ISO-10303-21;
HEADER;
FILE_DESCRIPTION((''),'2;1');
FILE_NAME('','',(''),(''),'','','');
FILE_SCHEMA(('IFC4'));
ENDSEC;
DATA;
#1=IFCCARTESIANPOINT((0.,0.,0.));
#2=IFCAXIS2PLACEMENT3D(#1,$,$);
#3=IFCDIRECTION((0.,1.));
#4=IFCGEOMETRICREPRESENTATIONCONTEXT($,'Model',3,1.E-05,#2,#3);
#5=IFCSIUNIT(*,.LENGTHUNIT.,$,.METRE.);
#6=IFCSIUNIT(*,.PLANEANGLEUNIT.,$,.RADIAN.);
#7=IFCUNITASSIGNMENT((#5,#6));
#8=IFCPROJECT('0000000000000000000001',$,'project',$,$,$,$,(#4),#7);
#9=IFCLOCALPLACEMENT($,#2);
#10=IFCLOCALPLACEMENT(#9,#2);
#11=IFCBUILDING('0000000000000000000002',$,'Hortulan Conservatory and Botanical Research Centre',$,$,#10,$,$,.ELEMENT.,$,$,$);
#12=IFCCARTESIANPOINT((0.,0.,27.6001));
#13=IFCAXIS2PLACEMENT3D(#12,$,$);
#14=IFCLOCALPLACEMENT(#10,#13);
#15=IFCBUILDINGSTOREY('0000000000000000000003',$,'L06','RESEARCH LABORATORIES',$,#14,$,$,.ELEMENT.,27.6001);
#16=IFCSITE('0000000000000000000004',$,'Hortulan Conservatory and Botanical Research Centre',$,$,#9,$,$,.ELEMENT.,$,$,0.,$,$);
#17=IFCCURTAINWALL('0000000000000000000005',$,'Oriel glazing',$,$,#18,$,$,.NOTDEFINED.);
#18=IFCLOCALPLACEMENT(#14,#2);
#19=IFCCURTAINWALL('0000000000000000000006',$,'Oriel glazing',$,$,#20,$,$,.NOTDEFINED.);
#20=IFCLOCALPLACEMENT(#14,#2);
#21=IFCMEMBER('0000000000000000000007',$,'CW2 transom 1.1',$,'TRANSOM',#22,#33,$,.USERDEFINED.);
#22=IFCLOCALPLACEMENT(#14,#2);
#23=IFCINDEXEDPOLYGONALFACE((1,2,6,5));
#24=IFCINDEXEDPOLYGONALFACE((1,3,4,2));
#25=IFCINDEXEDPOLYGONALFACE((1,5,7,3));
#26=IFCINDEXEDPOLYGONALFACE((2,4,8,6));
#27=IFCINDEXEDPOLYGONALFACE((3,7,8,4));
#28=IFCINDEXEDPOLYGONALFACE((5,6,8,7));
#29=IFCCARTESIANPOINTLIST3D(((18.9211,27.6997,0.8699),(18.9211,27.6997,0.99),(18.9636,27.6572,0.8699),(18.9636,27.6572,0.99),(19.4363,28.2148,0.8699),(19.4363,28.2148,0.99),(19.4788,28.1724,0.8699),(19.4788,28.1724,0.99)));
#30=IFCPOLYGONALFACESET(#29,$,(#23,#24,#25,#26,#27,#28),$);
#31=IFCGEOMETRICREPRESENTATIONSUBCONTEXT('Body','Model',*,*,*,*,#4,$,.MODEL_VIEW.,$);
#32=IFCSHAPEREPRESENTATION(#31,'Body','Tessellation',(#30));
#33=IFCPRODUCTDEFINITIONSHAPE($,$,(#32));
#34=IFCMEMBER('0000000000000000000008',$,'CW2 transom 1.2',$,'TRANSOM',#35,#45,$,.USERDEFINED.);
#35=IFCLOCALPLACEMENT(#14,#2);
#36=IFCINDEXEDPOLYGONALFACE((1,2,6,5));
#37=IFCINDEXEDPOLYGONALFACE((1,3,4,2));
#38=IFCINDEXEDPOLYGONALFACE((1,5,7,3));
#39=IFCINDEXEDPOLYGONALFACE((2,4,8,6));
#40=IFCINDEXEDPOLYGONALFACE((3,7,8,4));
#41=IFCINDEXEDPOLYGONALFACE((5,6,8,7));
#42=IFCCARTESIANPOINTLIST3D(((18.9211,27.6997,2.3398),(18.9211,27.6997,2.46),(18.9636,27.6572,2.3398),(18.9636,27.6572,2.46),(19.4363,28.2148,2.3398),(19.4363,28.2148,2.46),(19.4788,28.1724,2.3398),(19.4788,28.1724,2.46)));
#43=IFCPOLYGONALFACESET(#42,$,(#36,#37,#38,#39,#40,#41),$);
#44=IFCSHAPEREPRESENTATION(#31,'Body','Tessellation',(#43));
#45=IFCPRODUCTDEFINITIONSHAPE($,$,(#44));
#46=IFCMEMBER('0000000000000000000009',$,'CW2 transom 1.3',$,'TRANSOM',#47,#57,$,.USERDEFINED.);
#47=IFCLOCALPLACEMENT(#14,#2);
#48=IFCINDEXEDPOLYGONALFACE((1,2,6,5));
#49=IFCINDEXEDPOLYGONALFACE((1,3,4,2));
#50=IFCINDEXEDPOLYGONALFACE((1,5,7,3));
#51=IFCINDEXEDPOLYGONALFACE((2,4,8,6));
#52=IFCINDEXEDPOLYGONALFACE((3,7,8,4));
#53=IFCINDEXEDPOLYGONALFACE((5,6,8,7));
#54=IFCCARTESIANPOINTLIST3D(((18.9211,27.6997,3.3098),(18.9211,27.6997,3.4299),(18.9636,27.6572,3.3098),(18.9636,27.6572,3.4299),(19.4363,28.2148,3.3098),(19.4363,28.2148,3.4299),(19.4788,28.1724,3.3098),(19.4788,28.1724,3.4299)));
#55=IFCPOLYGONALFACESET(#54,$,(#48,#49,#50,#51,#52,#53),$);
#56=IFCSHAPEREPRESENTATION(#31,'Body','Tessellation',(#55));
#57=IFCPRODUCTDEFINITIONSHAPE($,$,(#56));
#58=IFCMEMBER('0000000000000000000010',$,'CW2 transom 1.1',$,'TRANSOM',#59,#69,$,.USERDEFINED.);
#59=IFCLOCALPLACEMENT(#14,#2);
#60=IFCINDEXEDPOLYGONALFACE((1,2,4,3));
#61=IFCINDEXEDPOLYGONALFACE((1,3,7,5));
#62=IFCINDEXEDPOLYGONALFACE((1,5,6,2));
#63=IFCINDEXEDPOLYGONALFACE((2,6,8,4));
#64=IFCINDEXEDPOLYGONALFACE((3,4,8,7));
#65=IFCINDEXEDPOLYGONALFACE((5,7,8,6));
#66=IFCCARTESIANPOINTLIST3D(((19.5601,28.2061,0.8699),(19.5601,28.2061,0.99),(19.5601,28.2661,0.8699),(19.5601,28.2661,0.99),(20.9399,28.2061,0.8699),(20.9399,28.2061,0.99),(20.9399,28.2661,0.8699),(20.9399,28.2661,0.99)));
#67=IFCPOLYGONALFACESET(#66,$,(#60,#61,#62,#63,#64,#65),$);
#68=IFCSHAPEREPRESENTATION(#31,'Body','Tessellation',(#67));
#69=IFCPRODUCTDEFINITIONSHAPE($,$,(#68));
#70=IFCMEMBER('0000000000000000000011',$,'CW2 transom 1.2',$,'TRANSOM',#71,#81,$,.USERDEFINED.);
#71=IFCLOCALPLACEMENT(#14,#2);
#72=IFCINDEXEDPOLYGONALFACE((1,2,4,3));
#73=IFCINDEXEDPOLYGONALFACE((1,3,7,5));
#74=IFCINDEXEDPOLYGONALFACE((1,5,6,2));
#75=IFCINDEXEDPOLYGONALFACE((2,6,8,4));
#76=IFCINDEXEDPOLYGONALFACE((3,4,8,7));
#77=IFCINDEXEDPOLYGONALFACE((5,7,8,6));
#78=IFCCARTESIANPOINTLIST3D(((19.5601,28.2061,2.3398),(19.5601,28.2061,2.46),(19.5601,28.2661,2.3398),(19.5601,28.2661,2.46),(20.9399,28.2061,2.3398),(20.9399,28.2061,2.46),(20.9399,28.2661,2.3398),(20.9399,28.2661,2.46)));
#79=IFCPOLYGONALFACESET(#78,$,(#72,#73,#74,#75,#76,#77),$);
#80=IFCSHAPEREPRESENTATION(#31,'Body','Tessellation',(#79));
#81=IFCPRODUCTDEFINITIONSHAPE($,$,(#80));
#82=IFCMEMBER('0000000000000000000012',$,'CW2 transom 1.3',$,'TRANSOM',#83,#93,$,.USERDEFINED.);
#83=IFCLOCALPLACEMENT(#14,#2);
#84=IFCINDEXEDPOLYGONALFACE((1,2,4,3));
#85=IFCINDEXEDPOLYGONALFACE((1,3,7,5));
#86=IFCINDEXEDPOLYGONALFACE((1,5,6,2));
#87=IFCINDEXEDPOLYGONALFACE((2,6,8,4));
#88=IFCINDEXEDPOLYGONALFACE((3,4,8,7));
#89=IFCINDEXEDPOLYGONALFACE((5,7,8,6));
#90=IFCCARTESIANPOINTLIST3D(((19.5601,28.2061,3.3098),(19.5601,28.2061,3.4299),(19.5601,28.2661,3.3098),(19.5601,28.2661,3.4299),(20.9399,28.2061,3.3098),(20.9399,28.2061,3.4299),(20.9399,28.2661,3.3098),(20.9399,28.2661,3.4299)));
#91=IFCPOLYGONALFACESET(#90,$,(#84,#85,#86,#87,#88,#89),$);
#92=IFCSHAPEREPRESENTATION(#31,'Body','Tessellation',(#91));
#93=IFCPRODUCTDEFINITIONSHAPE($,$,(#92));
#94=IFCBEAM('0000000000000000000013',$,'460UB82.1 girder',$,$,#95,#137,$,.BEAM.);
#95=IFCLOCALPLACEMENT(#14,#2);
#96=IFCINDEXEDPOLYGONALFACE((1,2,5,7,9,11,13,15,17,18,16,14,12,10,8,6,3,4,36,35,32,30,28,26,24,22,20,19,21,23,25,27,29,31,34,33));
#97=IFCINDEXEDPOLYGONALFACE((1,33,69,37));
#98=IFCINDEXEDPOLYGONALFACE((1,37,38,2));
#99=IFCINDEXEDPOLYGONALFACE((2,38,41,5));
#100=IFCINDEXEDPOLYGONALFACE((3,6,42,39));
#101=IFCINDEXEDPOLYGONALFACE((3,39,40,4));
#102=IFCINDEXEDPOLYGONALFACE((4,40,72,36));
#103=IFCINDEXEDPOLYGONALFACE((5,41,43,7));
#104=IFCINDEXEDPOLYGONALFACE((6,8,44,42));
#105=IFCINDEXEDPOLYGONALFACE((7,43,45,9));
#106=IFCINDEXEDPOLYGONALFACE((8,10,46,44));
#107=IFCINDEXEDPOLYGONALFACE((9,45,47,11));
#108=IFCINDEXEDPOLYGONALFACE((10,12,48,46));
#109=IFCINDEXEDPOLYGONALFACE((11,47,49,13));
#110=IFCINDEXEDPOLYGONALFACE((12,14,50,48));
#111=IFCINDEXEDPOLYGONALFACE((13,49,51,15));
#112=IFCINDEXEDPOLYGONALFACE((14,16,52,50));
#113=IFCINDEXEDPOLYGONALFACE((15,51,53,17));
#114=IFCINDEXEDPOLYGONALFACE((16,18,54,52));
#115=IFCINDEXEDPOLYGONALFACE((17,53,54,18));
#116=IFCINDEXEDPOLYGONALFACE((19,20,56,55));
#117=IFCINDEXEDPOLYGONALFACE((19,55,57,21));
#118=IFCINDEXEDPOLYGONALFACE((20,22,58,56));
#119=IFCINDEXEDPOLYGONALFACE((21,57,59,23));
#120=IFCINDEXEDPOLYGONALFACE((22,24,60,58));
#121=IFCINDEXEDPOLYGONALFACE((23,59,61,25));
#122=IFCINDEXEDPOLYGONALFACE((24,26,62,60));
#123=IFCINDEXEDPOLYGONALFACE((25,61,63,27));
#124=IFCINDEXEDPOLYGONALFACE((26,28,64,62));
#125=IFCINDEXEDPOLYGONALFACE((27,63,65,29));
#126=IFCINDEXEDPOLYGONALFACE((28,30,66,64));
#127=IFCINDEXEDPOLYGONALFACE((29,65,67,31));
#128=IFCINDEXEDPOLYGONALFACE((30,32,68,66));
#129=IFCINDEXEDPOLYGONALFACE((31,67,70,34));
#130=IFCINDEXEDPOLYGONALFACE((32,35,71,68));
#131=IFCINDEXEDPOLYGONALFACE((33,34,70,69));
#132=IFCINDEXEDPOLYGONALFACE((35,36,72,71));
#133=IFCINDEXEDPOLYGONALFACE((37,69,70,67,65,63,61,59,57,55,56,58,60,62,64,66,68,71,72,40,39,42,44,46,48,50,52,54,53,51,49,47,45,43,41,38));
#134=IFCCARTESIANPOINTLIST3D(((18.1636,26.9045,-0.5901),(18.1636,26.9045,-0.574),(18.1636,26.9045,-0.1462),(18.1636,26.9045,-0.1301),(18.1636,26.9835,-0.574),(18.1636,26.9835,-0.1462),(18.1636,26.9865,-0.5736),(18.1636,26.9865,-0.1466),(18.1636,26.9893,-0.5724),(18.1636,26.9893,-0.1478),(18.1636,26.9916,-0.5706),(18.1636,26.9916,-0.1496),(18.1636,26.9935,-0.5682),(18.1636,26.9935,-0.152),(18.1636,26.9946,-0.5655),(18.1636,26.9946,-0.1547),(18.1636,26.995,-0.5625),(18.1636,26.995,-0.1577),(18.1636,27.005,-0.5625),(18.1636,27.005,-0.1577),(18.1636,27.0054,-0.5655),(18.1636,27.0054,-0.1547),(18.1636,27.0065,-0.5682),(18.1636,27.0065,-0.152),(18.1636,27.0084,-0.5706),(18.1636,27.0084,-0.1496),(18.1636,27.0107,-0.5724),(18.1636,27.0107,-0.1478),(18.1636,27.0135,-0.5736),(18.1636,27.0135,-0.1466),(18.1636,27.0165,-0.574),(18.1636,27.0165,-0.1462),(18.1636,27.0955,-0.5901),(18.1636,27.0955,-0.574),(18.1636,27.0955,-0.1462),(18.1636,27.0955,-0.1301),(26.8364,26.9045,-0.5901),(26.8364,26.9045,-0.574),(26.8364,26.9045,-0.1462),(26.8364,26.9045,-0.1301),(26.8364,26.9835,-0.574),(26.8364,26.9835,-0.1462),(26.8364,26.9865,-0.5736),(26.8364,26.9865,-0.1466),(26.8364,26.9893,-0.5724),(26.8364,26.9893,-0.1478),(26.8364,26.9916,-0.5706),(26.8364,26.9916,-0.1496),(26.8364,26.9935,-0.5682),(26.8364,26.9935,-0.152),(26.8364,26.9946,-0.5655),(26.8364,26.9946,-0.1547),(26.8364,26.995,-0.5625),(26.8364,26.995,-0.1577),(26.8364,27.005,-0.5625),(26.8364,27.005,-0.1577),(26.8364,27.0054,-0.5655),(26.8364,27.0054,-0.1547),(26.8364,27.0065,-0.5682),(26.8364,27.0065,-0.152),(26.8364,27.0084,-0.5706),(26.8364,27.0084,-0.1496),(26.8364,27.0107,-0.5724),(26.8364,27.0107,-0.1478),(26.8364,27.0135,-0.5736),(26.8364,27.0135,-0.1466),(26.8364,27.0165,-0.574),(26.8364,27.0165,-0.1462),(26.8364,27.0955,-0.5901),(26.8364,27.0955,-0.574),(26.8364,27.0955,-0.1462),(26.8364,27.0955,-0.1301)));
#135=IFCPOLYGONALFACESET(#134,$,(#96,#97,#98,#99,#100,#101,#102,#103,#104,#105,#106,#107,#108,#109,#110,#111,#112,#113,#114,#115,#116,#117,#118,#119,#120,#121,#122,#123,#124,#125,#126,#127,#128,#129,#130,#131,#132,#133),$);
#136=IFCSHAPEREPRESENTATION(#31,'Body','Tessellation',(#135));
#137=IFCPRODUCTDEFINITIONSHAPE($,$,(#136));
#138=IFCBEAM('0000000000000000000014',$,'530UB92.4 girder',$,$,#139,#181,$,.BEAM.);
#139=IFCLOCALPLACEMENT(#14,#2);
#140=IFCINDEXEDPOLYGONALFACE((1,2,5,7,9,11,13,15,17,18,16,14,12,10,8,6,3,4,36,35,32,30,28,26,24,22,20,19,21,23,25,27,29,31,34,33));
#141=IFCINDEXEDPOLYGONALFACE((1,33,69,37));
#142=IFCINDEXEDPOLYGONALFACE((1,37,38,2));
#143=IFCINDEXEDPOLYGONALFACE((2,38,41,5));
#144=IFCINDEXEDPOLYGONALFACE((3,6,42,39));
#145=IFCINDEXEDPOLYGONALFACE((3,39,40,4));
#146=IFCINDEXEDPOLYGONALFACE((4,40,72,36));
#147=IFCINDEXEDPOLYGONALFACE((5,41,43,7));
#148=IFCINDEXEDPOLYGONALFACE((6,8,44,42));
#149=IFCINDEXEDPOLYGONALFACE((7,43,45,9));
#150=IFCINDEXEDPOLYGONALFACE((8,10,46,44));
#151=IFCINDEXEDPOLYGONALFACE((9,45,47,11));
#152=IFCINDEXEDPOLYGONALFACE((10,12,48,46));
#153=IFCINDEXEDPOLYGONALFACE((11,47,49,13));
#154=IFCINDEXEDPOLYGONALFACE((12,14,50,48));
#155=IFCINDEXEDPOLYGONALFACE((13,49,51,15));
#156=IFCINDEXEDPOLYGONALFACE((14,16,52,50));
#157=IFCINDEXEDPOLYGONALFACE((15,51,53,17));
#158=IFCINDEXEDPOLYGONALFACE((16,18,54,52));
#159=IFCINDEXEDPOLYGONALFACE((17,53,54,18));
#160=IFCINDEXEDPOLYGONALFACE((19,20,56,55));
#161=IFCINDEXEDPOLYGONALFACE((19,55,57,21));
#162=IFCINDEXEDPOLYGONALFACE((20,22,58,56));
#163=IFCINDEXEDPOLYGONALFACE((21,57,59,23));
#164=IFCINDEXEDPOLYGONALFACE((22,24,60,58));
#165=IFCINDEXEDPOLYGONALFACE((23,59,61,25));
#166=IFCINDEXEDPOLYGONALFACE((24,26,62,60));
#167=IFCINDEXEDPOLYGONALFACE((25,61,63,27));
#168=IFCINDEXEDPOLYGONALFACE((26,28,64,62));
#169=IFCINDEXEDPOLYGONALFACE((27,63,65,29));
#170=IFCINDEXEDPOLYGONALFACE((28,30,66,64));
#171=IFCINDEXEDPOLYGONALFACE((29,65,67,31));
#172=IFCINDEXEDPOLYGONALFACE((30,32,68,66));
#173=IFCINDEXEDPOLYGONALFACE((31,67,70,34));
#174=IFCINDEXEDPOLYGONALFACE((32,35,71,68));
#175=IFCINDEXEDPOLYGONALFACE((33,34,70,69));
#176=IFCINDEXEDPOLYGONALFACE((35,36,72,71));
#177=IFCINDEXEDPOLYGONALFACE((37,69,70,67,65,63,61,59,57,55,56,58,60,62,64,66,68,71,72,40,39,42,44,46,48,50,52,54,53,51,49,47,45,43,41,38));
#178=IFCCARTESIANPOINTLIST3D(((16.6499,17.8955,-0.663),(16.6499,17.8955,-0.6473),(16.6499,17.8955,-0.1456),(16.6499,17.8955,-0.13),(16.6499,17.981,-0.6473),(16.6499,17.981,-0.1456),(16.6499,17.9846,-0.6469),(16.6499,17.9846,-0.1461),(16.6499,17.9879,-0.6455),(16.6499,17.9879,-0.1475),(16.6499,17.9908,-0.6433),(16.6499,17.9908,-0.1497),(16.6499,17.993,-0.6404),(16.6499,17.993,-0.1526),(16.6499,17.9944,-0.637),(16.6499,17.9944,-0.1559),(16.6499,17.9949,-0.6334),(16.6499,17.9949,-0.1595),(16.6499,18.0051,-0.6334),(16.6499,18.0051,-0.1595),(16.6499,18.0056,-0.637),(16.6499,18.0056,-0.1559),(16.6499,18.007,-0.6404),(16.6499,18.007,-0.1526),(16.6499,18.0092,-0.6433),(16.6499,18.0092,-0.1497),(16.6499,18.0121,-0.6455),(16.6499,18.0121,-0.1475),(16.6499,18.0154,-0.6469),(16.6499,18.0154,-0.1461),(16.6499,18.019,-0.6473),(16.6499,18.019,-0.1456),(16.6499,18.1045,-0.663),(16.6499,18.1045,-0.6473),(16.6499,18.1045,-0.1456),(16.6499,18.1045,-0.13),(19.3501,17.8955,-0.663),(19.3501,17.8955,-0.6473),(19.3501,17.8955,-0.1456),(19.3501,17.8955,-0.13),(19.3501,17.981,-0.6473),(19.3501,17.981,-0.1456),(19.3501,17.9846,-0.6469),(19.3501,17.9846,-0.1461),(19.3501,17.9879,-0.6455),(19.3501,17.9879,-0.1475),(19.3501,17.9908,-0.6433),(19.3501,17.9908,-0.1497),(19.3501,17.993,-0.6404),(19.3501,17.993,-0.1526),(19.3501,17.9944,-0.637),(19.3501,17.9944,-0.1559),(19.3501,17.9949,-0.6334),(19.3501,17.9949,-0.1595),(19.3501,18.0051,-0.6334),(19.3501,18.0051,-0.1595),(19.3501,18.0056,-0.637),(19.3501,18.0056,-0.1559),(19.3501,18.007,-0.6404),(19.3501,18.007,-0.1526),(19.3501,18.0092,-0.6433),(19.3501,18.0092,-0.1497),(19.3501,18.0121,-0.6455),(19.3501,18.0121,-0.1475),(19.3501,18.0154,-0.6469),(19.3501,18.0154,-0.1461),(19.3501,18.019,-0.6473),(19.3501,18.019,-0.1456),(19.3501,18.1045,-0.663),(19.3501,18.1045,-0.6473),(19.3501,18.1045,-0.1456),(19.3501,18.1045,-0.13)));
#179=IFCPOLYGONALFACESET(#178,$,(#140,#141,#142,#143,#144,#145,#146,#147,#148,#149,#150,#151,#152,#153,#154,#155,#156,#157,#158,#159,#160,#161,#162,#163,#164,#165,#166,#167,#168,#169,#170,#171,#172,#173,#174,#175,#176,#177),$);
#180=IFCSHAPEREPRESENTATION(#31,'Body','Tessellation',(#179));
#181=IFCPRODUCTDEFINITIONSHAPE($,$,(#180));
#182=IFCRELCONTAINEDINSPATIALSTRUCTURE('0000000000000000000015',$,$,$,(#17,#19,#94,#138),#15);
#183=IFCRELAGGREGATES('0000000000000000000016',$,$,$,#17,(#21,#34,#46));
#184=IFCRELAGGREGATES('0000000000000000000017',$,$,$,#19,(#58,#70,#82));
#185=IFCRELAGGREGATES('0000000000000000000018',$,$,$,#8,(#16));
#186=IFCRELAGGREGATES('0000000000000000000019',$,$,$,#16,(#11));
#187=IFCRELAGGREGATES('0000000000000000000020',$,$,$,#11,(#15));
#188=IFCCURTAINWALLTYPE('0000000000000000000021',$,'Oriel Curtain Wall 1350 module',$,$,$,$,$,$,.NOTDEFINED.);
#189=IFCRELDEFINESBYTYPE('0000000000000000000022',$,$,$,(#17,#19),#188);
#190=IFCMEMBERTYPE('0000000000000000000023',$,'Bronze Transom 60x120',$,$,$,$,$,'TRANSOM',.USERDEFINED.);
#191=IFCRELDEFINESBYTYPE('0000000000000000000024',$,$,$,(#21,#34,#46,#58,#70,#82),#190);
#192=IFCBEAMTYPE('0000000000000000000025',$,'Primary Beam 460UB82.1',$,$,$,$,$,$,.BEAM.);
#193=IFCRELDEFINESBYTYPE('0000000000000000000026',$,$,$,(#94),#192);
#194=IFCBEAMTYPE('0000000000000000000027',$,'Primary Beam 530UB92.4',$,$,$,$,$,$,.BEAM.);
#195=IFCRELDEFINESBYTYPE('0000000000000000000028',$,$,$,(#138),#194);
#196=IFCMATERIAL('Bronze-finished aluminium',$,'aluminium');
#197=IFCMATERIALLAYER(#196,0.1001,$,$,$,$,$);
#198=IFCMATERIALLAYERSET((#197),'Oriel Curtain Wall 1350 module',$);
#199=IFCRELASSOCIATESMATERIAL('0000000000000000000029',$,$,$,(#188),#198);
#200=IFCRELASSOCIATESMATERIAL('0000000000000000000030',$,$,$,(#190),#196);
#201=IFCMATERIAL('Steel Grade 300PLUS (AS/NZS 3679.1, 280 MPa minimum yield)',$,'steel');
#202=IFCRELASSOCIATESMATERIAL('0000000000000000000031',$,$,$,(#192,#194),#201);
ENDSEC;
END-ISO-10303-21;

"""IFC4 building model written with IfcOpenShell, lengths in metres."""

from ifc_helpers import new_model, si_unit, direction, frame, origin, origin_2d, place, context, subcontext, project, spatial, rectangle, i_section, extrude, material, layer, layer_set, material_profile, profile_set, type_object, element, aggregate, save


model = new_model("IFC4")

# Units and contexts
model_context = context("Model", 3, precision=1e-05, world=origin(), true_north=direction((0.0, 1.0)))
body_context = subcontext(model_context, "Body", "Model", "MODEL_VIEW")
ifc_project = project(units=[si_unit("LENGTHUNIT", "METRE"), si_unit("PLANEANGLEUNIT", "RADIAN")], contexts=[model_context])

# Site, building, storey
site_placement = place(None, origin())
site = spatial("IfcSite", under=ifc_project, at=site_placement, Name="Hortulan Conservatory and Botanical Research Centre", CompositionType="ELEMENT", RefElevation=0.0)
building_placement = place(site_placement, origin())
building = spatial("IfcBuilding", under=site, at=building_placement, Name="Hortulan Conservatory and Botanical Research Centre", CompositionType="ELEMENT")
storey_placement = place(building_placement, frame((0.0, 0.0, 27.6001)))
storey = spatial("IfcBuildingStorey", under=building, at=storey_placement, Name="L06", Description="RESEARCH LABORATORIES", CompositionType="ELEMENT", Elevation=27.6001)

# Shared definitions
ifc_material_1 = material(Name="Steel Grade 300PLUS (AS/NZS 3679.1, 280 MPa minimum yield)", Category="steel")

# Shared definitions
ifc_material_2 = material(Name="Bronze-finished aluminium", Category="aluminium")
ifc_layer_1 = layer(ifc_material_2, 0.1001)
ifc_layer_set_1 = layer_set([ifc_layer_1], Name="Oriel Curtain Wall 1350 module")
curtain_wall_type = type_object("IfcCurtainWallType", Name="Oriel Curtain Wall 1350 module", PredefinedType="NOTDEFINED", material=ifc_layer_set_1)

# Curtain walls
curtain_wall_1_placement = place(storey_placement, origin())
curtain_wall_1 = element("IfcCurtainWall", 1, at=curtain_wall_1_placement, inside=storey, type_object=curtain_wall_type, Name="Oriel glazing", PredefinedType="NOTDEFINED")
curtain_wall_2_placement = place(storey_placement, origin())
curtain_wall_2 = element("IfcCurtainWall", 2, at=curtain_wall_2_placement, inside=storey, type_object=curtain_wall_type, Name="Oriel glazing", PredefinedType="NOTDEFINED")

# Members
ifc_material_profile_1 = material_profile(ifc_material_2, rectangle(XDim=0.0601, YDim=0.1201, at=origin_2d()), Name="Bronze Transom 60x120")
ifc_profile_set_1 = profile_set([ifc_material_profile_1], Name="Bronze-finished aluminium")
member_type_1 = type_object("IfcMemberType", Name="Bronze Transom 60x120", ElementType="TRANSOM", PredefinedType="USERDEFINED", material=ifc_profile_set_1)
member_1_placement = place(storey_placement, frame((18.9424, 27.6785, 0.9299), z_axis=(0.707107, 0.707107, 0.0), x_axis=(-0.707107, 0.707107, 0.0)))
member_1 = element("IfcMember", 3, at=member_1_placement, type_object=member_type_1, Name="CW2 transom 1.1", ObjectType="TRANSOM", PredefinedType="USERDEFINED", context=body_context, shape_type="SweptSolid", body=[
    extrude(rectangle(XDim=0.0601, YDim=0.1201, at=origin_2d()), origin(), (0.0, 0.0, 1.0), 0.7285),
])
member_2_placement = place(storey_placement, frame((18.9424, 27.6785, 2.3999), z_axis=(0.707107, 0.707107, 0.0), x_axis=(-0.707107, 0.707107, 0.0)))
member_2 = element("IfcMember", 4, at=member_2_placement, type_object=member_type_1, Name="CW2 transom 1.2", ObjectType="TRANSOM", PredefinedType="USERDEFINED", context=body_context, shape_type="SweptSolid", body=[
    extrude(rectangle(XDim=0.0601, YDim=0.1201, at=origin_2d()), origin(), (0.0, 0.0, 1.0), 0.7285),
])
member_3_placement = place(storey_placement, frame((18.9424, 27.6785, 3.3699), z_axis=(0.707107, 0.707107, 0.0), x_axis=(-0.707107, 0.707107, 0.0)))
member_3 = element("IfcMember", 5, at=member_3_placement, type_object=member_type_1, Name="CW2 transom 1.3", ObjectType="TRANSOM", PredefinedType="USERDEFINED", context=body_context, shape_type="SweptSolid", body=[
    extrude(rectangle(XDim=0.0601, YDim=0.1201, at=origin_2d()), origin(), (0.0, 0.0, 1.0), 0.7285),
])
member_4_placement = place(storey_placement, frame((19.5601, 28.2361, 0.9299), z_axis=(1.0, 0.0, 0.0), x_axis=(0.0, 1.0, 0.0)))
member_4 = element("IfcMember", 6, at=member_4_placement, type_object=member_type_1, Name="CW2 transom 1.1", ObjectType="TRANSOM", PredefinedType="USERDEFINED", context=body_context, shape_type="SweptSolid", body=[
    extrude(rectangle(XDim=0.0601, YDim=0.1201, at=origin_2d()), origin(), (0.0, 0.0, 1.0), 1.3799),
])
member_5_placement = place(storey_placement, frame((19.5601, 28.2361, 2.3999), z_axis=(1.0, 0.0, 0.0), x_axis=(0.0, 1.0, 0.0)))
member_5 = element("IfcMember", 7, at=member_5_placement, type_object=member_type_1, Name="CW2 transom 1.2", ObjectType="TRANSOM", PredefinedType="USERDEFINED", context=body_context, shape_type="SweptSolid", body=[
    extrude(rectangle(XDim=0.0601, YDim=0.1201, at=origin_2d()), origin(), (0.0, 0.0, 1.0), 1.3799),
])
member_6_placement = place(storey_placement, frame((19.5601, 28.2361, 3.3699), z_axis=(1.0, 0.0, 0.0), x_axis=(0.0, 1.0, 0.0)))
member_6 = element("IfcMember", 8, at=member_6_placement, type_object=member_type_1, Name="CW2 transom 1.3", ObjectType="TRANSOM", PredefinedType="USERDEFINED", context=body_context, shape_type="SweptSolid", body=[
    extrude(rectangle(XDim=0.0601, YDim=0.1201, at=origin_2d()), origin(), (0.0, 0.0, 1.0), 1.3799),
])

# Beams
ifc_material_profile_2 = material_profile(ifc_material_1, i_section(OverallWidth=0.1909, OverallDepth=0.46, WebThickness=0.01, FlangeThickness=0.0161, FilletRadius=0.0115, at=origin_2d()), Name="460UB82.1")
ifc_profile_set_2 = profile_set([ifc_material_profile_2], Name="Steel Grade 300PLUS (AS/NZS 3679.1, 280 MPa minimum yield)")
beam_type_1 = type_object("IfcBeamType", Name="Primary Beam 460UB82.1", PredefinedType="BEAM", material=ifc_profile_set_2)
beam_1_placement = place(storey_placement, frame((18.1636, 27.0, -0.3601), z_axis=(1.0, 0.0, 0.0), x_axis=(0.0, 1.0, 0.0)))
element("IfcBeam", 9, at=beam_1_placement, inside=storey, type_object=beam_type_1, Name="460UB82.1 girder", PredefinedType="BEAM", context=body_context, shape_type="SweptSolid", body=[
    extrude(i_section(OverallWidth=0.1909, OverallDepth=0.46, WebThickness=0.01, FlangeThickness=0.0161, FilletRadius=0.0115, at=origin_2d()), origin(), (0.0, 0.0, 1.0), 8.6729),
])
ifc_material_profile_3 = material_profile(ifc_material_1, i_section(OverallWidth=0.209, OverallDepth=0.533, WebThickness=0.0103, FlangeThickness=0.0156, FilletRadius=0.0139, at=origin_2d()), Name="530UB92.4")
ifc_profile_set_3 = profile_set([ifc_material_profile_3], Name="Steel Grade 300PLUS (AS/NZS 3679.1, 280 MPa minimum yield)")
beam_type_2 = type_object("IfcBeamType", Name="Primary Beam 530UB92.4", PredefinedType="BEAM", material=ifc_profile_set_3)
beam_2_placement = place(storey_placement, frame((16.6499, 18.0, -0.3965), z_axis=(1.0, 0.0, 0.0), x_axis=(0.0, 1.0, 0.0)))
element("IfcBeam", 10, at=beam_2_placement, inside=storey, type_object=beam_type_2, Name="530UB92.4 girder", PredefinedType="BEAM", context=body_context, shape_type="SweptSolid", body=[
    extrude(i_section(OverallWidth=0.209, OverallDepth=0.533, WebThickness=0.0103, FlangeThickness=0.0156, FilletRadius=0.0139, at=origin_2d()), origin(), (0.0, 0.0, 1.0), 2.7002),
])

aggregate(curtain_wall_1, [member_1, member_2, member_3])
aggregate(curtain_wall_2, [member_4, member_5, member_6])

save(model, "model.ifc")
